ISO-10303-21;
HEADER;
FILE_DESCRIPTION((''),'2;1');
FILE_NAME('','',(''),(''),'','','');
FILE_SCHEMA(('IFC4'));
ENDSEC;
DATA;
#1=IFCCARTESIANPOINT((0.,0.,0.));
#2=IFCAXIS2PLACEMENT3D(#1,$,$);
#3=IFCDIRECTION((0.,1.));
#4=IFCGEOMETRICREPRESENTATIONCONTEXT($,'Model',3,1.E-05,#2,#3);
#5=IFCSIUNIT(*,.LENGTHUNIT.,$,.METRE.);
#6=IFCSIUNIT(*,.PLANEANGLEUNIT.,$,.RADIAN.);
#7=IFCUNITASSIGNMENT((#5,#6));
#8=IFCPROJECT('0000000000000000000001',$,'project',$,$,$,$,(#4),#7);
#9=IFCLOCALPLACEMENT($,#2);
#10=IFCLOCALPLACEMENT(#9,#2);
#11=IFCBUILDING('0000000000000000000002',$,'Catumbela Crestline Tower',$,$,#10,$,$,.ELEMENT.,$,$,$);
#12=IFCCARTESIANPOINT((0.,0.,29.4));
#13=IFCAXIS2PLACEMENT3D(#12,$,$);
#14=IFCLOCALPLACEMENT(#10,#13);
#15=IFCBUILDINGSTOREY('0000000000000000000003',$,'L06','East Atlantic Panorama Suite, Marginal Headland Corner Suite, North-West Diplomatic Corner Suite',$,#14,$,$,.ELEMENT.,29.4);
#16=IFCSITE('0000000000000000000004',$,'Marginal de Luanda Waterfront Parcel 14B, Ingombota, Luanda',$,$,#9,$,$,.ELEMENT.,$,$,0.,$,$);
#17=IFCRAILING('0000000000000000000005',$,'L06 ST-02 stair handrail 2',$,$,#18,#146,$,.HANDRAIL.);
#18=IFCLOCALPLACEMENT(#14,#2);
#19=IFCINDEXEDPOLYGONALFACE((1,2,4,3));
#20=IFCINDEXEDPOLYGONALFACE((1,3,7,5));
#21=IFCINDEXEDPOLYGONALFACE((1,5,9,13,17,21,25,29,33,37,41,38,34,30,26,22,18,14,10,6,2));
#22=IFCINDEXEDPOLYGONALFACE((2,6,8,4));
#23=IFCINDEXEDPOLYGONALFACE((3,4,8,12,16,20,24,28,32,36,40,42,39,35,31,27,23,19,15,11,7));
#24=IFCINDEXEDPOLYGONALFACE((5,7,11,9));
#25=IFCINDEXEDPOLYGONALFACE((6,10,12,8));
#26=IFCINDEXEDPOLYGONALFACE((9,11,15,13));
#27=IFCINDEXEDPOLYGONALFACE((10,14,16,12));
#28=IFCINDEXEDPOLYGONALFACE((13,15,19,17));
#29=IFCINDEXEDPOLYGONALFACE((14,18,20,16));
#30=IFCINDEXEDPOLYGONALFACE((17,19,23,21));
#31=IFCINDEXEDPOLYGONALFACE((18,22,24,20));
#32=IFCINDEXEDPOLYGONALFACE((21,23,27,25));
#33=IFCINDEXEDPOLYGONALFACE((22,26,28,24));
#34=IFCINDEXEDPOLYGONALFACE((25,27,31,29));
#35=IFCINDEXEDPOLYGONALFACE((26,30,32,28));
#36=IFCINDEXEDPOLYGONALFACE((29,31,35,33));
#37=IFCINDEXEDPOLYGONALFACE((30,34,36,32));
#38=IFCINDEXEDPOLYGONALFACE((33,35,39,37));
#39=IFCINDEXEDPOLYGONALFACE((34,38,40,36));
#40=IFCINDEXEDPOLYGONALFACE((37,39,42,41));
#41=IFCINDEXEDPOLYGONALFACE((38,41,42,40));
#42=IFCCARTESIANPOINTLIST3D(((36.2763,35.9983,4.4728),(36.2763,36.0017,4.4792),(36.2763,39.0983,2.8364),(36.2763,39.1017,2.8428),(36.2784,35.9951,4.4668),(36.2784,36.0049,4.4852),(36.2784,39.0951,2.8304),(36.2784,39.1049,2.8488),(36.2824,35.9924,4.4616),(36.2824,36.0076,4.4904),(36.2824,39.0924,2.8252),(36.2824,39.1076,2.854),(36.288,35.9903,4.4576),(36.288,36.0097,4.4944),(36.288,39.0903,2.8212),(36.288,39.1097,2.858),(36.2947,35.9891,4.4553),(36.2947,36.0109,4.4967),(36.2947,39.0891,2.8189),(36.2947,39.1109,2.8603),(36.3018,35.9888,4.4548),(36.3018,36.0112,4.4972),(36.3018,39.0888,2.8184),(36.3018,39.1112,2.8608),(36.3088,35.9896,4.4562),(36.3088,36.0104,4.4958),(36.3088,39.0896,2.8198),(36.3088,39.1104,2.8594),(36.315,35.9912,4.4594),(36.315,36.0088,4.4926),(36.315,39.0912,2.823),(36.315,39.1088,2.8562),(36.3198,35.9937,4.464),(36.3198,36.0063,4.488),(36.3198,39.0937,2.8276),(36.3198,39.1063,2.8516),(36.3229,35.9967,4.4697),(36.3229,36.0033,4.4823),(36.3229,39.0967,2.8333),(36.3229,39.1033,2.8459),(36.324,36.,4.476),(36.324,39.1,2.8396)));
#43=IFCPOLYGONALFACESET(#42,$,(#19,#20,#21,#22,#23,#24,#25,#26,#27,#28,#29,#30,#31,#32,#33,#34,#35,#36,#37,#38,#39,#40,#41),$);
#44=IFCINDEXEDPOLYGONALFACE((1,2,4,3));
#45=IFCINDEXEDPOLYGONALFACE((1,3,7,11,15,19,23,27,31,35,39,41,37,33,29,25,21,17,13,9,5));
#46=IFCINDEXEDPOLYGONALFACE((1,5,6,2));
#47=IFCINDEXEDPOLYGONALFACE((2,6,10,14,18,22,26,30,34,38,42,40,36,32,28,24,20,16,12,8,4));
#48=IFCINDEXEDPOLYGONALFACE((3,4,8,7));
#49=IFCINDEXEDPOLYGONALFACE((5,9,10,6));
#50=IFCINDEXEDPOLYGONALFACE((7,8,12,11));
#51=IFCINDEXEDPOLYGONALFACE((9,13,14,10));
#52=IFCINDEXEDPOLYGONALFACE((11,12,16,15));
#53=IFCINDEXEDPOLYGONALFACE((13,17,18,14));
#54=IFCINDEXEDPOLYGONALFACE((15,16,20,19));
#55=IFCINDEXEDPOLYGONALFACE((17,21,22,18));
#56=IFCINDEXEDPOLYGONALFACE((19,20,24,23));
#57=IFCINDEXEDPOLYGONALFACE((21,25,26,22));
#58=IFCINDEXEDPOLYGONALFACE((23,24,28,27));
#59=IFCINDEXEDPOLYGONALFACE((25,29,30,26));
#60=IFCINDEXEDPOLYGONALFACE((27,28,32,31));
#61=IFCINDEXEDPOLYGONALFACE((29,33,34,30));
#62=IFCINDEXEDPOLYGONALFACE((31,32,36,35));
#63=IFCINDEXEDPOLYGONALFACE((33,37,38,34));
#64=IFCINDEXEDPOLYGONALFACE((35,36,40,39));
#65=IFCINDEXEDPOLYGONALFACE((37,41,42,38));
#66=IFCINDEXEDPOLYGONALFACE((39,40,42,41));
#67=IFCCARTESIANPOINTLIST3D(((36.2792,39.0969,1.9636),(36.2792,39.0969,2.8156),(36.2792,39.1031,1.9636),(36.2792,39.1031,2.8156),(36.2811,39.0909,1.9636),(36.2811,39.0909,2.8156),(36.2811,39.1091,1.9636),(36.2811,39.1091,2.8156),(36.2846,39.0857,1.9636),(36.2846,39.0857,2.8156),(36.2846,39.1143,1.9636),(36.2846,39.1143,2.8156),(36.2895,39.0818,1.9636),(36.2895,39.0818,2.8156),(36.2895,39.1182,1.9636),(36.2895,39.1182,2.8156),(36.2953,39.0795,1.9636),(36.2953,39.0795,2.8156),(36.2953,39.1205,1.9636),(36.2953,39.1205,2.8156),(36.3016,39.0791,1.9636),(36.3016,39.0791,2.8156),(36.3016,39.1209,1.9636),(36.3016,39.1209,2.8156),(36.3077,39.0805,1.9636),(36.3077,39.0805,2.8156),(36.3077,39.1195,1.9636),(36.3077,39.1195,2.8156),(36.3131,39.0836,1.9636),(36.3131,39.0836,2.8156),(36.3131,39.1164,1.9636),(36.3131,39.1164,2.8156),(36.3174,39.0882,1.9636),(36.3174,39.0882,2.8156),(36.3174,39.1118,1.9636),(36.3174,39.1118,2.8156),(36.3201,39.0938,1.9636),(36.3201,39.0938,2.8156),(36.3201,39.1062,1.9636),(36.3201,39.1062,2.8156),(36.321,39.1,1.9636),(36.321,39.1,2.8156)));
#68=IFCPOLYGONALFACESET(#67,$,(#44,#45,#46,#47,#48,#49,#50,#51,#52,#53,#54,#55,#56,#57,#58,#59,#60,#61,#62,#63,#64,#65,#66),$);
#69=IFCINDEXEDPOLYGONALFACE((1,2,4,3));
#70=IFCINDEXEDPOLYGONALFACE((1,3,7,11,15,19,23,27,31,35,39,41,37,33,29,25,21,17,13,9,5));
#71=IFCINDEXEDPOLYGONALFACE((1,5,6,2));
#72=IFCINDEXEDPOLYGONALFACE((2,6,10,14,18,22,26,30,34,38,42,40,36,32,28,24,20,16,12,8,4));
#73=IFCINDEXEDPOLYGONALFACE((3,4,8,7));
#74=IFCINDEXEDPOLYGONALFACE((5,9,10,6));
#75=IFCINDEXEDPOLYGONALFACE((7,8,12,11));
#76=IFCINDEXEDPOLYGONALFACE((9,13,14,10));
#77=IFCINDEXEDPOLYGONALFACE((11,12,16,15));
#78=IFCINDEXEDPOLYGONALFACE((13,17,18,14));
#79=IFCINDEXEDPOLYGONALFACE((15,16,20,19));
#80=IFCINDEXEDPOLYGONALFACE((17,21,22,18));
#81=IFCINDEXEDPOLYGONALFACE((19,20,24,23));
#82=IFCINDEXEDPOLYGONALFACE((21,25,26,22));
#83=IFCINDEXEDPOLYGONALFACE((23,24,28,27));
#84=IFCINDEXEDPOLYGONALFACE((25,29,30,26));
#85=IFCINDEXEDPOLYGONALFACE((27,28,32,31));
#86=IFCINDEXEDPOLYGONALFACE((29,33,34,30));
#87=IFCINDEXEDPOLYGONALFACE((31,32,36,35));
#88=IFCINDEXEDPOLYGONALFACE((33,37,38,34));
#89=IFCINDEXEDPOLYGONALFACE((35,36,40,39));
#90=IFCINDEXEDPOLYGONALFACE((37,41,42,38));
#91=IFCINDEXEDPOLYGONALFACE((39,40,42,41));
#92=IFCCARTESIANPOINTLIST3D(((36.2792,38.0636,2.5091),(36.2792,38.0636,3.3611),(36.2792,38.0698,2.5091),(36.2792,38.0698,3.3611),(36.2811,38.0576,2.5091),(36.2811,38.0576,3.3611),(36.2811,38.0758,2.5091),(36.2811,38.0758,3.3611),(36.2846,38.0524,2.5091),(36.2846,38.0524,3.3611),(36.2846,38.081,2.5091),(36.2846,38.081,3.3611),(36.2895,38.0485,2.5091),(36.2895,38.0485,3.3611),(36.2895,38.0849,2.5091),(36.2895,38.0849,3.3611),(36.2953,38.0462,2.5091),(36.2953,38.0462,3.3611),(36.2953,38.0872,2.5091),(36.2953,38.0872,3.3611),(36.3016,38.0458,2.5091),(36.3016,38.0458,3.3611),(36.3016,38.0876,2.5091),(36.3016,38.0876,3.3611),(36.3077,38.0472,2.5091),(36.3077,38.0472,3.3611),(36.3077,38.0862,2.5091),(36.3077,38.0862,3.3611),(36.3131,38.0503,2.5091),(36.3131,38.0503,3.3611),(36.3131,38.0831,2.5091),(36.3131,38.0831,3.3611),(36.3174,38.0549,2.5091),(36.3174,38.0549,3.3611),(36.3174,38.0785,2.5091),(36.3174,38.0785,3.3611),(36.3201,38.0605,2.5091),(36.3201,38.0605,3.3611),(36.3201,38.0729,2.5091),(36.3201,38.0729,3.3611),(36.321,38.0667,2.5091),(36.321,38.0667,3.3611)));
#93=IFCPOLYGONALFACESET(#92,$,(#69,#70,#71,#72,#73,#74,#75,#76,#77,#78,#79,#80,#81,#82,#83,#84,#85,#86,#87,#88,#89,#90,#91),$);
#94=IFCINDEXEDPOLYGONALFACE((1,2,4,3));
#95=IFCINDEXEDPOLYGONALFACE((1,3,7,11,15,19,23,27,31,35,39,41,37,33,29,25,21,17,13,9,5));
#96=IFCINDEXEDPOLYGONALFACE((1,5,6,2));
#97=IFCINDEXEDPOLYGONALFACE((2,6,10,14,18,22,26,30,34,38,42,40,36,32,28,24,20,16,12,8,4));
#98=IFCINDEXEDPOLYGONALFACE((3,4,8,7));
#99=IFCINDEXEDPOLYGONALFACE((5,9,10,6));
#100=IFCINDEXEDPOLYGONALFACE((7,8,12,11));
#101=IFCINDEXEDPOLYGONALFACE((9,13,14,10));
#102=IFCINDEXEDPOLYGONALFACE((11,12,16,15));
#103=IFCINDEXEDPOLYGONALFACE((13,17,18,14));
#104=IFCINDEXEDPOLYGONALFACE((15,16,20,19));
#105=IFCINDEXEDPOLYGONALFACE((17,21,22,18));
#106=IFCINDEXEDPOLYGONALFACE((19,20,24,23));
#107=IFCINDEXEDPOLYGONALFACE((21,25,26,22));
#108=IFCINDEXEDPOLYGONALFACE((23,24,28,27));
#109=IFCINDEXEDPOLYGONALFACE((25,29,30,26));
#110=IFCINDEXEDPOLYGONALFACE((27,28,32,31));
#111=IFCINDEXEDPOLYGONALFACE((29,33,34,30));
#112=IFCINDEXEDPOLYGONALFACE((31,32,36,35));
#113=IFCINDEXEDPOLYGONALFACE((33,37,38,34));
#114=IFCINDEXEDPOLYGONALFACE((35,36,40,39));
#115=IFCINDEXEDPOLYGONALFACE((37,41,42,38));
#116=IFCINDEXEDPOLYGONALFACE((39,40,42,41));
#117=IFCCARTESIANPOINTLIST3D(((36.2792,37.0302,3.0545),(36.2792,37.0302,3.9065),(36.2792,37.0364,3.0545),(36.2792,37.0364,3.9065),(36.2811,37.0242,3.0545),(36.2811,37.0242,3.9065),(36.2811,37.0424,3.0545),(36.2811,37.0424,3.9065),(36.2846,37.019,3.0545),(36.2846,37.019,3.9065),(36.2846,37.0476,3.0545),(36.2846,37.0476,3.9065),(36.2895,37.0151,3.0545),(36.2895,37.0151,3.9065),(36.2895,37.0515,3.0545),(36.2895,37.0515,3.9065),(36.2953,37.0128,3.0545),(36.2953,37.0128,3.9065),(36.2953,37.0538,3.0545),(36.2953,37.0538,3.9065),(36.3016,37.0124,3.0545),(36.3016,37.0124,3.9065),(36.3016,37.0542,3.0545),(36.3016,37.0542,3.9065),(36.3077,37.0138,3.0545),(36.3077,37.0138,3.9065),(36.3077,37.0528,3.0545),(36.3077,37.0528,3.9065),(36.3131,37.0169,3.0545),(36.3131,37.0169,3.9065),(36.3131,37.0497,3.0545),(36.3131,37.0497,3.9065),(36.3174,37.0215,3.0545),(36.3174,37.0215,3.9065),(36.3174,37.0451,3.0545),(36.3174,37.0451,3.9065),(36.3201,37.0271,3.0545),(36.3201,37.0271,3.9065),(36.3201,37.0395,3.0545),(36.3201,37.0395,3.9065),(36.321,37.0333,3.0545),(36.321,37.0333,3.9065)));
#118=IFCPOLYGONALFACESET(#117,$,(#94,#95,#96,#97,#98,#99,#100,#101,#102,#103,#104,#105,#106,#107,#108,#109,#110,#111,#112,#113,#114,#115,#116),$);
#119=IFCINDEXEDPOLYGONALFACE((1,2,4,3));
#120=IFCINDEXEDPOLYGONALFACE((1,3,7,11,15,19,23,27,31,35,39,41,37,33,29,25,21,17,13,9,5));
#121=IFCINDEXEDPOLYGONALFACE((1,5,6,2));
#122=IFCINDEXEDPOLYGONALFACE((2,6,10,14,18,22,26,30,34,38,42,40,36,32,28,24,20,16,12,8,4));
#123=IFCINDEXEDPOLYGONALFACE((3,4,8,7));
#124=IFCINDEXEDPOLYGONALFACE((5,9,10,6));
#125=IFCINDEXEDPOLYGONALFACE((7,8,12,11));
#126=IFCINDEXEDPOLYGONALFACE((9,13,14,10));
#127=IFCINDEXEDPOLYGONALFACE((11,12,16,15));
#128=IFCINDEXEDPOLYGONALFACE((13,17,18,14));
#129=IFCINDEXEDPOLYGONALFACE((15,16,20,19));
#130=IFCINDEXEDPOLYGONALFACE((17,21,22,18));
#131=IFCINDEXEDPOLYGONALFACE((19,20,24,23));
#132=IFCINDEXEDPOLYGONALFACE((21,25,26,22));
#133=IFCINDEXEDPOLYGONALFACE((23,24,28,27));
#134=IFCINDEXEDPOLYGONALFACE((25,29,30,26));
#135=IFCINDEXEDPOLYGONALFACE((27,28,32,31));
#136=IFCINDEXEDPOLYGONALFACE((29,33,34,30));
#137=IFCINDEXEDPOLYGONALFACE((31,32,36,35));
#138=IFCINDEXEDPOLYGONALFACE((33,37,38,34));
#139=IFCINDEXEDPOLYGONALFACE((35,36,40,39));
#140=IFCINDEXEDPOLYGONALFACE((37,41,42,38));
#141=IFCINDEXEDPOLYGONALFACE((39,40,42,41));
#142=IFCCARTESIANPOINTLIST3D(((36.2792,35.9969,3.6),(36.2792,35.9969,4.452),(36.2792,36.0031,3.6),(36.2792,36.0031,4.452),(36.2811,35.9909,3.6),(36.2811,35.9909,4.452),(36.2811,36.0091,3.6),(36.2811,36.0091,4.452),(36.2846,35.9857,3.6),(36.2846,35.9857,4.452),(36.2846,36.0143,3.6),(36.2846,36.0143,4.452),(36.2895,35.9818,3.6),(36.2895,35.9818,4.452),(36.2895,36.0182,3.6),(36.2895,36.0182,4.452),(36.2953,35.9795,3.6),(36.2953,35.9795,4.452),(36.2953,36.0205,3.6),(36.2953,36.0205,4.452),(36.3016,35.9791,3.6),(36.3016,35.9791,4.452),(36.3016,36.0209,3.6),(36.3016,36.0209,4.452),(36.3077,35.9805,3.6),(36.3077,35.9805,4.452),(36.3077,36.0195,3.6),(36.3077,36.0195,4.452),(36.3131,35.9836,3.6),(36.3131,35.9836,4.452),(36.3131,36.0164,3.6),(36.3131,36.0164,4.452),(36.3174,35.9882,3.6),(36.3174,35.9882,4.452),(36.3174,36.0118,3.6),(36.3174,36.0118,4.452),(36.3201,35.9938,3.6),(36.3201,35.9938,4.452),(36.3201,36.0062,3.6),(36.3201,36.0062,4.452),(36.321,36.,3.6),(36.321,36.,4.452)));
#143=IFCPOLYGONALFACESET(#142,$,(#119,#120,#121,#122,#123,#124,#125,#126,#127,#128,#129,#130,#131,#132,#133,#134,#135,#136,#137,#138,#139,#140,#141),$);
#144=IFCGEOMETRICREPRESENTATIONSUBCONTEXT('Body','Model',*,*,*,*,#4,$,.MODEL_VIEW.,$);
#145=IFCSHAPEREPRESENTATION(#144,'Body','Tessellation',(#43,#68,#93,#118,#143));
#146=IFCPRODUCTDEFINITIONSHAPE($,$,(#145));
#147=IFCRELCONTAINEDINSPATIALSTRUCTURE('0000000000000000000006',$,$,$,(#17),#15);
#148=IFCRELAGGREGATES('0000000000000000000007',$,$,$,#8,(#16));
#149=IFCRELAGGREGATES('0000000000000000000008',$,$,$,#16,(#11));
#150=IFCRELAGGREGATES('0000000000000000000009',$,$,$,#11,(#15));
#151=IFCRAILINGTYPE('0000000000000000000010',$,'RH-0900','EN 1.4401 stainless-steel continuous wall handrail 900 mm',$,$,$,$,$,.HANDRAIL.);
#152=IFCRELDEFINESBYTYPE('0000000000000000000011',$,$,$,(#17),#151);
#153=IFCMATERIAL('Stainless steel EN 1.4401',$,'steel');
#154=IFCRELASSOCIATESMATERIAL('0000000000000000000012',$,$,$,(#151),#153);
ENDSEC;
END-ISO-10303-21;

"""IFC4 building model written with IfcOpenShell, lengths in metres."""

from ifc_helpers import new_model, si_unit, direction, frame, origin, origin_2d, place, context, subcontext, project, spatial, circle, extrude, material, type_object, element, save


model = new_model("IFC4")

# Units and contexts
model_context = context("Model", 3, precision=1e-05, world=origin(), true_north=direction((0.0, 1.0)))
body_context = subcontext(model_context, "Body", "Model", "MODEL_VIEW")
ifc_project = project(units=[si_unit("LENGTHUNIT", "METRE"), si_unit("PLANEANGLEUNIT", "RADIAN")], contexts=[model_context])

# Site, building, storey
site_placement = place(None, origin())
site = spatial("IfcSite", under=ifc_project, at=site_placement, Name="Marginal de Luanda Waterfront Parcel 14B, Ingombota, Luanda", CompositionType="ELEMENT", RefElevation=0.0)
building_placement = place(site_placement, origin())
building = spatial("IfcBuilding", under=site, at=building_placement, Name="Catumbela Crestline Tower", CompositionType="ELEMENT")
storey_placement = place(building_placement, frame((0.0, 0.0, 29.4)))
storey = spatial("IfcBuildingStorey", under=building, at=storey_placement, Name="L06", Description="East Atlantic Panorama Suite, Marginal Headland Corner Suite, North-West Diplomatic Corner Suite", CompositionType="ELEMENT", Elevation=29.4)

# Shared definitions
ifc_material_1 = material(Name="Stainless steel EN 1.4401", Category="steel")

# Railing
railing_type_1 = type_object("IfcRailingType", Name="RH-0900", Description="EN 1.4401 stainless-steel continuous wall handrail 900 mm", PredefinedType="HANDRAIL", material=ifc_material_1)
railing_1_placement = place(storey_placement, frame((36.3, 39.1, 1.9636)))
element("IfcRailing", 1, at=railing_1_placement, inside=storey, type_object=railing_type_1, Name="L06 ST-02 stair handrail 2", PredefinedType="HANDRAIL", context=body_context, shape_type="SweptSolid", body=[
    extrude(circle(Radius=0.024, at=origin_2d()), frame((0.0, 0.0, 0.876), z_axis=(0.0, -0.884351, 0.466823), x_axis=(1.0, 0.0, 0.0)), (0.0, 0.0, 1.0), 3.5054),
    extrude(circle(Radius=0.021, at=origin_2d()), origin(), (0.0, 0.0, 1.0), 0.852),
    extrude(circle(Radius=0.021, at=origin_2d()), frame((0.0, -1.0333, 0.5455)), (0.0, 0.0, 1.0), 0.852),
    extrude(circle(Radius=0.021, at=origin_2d()), frame((0.0, -2.0667, 1.0909)), (0.0, 0.0, 1.0), 0.852),
    extrude(circle(Radius=0.021, at=origin_2d()), frame((0.0, -3.1, 1.6364)), (0.0, 0.0, 1.0), 0.852),
])

save(model, "model.ifc")
